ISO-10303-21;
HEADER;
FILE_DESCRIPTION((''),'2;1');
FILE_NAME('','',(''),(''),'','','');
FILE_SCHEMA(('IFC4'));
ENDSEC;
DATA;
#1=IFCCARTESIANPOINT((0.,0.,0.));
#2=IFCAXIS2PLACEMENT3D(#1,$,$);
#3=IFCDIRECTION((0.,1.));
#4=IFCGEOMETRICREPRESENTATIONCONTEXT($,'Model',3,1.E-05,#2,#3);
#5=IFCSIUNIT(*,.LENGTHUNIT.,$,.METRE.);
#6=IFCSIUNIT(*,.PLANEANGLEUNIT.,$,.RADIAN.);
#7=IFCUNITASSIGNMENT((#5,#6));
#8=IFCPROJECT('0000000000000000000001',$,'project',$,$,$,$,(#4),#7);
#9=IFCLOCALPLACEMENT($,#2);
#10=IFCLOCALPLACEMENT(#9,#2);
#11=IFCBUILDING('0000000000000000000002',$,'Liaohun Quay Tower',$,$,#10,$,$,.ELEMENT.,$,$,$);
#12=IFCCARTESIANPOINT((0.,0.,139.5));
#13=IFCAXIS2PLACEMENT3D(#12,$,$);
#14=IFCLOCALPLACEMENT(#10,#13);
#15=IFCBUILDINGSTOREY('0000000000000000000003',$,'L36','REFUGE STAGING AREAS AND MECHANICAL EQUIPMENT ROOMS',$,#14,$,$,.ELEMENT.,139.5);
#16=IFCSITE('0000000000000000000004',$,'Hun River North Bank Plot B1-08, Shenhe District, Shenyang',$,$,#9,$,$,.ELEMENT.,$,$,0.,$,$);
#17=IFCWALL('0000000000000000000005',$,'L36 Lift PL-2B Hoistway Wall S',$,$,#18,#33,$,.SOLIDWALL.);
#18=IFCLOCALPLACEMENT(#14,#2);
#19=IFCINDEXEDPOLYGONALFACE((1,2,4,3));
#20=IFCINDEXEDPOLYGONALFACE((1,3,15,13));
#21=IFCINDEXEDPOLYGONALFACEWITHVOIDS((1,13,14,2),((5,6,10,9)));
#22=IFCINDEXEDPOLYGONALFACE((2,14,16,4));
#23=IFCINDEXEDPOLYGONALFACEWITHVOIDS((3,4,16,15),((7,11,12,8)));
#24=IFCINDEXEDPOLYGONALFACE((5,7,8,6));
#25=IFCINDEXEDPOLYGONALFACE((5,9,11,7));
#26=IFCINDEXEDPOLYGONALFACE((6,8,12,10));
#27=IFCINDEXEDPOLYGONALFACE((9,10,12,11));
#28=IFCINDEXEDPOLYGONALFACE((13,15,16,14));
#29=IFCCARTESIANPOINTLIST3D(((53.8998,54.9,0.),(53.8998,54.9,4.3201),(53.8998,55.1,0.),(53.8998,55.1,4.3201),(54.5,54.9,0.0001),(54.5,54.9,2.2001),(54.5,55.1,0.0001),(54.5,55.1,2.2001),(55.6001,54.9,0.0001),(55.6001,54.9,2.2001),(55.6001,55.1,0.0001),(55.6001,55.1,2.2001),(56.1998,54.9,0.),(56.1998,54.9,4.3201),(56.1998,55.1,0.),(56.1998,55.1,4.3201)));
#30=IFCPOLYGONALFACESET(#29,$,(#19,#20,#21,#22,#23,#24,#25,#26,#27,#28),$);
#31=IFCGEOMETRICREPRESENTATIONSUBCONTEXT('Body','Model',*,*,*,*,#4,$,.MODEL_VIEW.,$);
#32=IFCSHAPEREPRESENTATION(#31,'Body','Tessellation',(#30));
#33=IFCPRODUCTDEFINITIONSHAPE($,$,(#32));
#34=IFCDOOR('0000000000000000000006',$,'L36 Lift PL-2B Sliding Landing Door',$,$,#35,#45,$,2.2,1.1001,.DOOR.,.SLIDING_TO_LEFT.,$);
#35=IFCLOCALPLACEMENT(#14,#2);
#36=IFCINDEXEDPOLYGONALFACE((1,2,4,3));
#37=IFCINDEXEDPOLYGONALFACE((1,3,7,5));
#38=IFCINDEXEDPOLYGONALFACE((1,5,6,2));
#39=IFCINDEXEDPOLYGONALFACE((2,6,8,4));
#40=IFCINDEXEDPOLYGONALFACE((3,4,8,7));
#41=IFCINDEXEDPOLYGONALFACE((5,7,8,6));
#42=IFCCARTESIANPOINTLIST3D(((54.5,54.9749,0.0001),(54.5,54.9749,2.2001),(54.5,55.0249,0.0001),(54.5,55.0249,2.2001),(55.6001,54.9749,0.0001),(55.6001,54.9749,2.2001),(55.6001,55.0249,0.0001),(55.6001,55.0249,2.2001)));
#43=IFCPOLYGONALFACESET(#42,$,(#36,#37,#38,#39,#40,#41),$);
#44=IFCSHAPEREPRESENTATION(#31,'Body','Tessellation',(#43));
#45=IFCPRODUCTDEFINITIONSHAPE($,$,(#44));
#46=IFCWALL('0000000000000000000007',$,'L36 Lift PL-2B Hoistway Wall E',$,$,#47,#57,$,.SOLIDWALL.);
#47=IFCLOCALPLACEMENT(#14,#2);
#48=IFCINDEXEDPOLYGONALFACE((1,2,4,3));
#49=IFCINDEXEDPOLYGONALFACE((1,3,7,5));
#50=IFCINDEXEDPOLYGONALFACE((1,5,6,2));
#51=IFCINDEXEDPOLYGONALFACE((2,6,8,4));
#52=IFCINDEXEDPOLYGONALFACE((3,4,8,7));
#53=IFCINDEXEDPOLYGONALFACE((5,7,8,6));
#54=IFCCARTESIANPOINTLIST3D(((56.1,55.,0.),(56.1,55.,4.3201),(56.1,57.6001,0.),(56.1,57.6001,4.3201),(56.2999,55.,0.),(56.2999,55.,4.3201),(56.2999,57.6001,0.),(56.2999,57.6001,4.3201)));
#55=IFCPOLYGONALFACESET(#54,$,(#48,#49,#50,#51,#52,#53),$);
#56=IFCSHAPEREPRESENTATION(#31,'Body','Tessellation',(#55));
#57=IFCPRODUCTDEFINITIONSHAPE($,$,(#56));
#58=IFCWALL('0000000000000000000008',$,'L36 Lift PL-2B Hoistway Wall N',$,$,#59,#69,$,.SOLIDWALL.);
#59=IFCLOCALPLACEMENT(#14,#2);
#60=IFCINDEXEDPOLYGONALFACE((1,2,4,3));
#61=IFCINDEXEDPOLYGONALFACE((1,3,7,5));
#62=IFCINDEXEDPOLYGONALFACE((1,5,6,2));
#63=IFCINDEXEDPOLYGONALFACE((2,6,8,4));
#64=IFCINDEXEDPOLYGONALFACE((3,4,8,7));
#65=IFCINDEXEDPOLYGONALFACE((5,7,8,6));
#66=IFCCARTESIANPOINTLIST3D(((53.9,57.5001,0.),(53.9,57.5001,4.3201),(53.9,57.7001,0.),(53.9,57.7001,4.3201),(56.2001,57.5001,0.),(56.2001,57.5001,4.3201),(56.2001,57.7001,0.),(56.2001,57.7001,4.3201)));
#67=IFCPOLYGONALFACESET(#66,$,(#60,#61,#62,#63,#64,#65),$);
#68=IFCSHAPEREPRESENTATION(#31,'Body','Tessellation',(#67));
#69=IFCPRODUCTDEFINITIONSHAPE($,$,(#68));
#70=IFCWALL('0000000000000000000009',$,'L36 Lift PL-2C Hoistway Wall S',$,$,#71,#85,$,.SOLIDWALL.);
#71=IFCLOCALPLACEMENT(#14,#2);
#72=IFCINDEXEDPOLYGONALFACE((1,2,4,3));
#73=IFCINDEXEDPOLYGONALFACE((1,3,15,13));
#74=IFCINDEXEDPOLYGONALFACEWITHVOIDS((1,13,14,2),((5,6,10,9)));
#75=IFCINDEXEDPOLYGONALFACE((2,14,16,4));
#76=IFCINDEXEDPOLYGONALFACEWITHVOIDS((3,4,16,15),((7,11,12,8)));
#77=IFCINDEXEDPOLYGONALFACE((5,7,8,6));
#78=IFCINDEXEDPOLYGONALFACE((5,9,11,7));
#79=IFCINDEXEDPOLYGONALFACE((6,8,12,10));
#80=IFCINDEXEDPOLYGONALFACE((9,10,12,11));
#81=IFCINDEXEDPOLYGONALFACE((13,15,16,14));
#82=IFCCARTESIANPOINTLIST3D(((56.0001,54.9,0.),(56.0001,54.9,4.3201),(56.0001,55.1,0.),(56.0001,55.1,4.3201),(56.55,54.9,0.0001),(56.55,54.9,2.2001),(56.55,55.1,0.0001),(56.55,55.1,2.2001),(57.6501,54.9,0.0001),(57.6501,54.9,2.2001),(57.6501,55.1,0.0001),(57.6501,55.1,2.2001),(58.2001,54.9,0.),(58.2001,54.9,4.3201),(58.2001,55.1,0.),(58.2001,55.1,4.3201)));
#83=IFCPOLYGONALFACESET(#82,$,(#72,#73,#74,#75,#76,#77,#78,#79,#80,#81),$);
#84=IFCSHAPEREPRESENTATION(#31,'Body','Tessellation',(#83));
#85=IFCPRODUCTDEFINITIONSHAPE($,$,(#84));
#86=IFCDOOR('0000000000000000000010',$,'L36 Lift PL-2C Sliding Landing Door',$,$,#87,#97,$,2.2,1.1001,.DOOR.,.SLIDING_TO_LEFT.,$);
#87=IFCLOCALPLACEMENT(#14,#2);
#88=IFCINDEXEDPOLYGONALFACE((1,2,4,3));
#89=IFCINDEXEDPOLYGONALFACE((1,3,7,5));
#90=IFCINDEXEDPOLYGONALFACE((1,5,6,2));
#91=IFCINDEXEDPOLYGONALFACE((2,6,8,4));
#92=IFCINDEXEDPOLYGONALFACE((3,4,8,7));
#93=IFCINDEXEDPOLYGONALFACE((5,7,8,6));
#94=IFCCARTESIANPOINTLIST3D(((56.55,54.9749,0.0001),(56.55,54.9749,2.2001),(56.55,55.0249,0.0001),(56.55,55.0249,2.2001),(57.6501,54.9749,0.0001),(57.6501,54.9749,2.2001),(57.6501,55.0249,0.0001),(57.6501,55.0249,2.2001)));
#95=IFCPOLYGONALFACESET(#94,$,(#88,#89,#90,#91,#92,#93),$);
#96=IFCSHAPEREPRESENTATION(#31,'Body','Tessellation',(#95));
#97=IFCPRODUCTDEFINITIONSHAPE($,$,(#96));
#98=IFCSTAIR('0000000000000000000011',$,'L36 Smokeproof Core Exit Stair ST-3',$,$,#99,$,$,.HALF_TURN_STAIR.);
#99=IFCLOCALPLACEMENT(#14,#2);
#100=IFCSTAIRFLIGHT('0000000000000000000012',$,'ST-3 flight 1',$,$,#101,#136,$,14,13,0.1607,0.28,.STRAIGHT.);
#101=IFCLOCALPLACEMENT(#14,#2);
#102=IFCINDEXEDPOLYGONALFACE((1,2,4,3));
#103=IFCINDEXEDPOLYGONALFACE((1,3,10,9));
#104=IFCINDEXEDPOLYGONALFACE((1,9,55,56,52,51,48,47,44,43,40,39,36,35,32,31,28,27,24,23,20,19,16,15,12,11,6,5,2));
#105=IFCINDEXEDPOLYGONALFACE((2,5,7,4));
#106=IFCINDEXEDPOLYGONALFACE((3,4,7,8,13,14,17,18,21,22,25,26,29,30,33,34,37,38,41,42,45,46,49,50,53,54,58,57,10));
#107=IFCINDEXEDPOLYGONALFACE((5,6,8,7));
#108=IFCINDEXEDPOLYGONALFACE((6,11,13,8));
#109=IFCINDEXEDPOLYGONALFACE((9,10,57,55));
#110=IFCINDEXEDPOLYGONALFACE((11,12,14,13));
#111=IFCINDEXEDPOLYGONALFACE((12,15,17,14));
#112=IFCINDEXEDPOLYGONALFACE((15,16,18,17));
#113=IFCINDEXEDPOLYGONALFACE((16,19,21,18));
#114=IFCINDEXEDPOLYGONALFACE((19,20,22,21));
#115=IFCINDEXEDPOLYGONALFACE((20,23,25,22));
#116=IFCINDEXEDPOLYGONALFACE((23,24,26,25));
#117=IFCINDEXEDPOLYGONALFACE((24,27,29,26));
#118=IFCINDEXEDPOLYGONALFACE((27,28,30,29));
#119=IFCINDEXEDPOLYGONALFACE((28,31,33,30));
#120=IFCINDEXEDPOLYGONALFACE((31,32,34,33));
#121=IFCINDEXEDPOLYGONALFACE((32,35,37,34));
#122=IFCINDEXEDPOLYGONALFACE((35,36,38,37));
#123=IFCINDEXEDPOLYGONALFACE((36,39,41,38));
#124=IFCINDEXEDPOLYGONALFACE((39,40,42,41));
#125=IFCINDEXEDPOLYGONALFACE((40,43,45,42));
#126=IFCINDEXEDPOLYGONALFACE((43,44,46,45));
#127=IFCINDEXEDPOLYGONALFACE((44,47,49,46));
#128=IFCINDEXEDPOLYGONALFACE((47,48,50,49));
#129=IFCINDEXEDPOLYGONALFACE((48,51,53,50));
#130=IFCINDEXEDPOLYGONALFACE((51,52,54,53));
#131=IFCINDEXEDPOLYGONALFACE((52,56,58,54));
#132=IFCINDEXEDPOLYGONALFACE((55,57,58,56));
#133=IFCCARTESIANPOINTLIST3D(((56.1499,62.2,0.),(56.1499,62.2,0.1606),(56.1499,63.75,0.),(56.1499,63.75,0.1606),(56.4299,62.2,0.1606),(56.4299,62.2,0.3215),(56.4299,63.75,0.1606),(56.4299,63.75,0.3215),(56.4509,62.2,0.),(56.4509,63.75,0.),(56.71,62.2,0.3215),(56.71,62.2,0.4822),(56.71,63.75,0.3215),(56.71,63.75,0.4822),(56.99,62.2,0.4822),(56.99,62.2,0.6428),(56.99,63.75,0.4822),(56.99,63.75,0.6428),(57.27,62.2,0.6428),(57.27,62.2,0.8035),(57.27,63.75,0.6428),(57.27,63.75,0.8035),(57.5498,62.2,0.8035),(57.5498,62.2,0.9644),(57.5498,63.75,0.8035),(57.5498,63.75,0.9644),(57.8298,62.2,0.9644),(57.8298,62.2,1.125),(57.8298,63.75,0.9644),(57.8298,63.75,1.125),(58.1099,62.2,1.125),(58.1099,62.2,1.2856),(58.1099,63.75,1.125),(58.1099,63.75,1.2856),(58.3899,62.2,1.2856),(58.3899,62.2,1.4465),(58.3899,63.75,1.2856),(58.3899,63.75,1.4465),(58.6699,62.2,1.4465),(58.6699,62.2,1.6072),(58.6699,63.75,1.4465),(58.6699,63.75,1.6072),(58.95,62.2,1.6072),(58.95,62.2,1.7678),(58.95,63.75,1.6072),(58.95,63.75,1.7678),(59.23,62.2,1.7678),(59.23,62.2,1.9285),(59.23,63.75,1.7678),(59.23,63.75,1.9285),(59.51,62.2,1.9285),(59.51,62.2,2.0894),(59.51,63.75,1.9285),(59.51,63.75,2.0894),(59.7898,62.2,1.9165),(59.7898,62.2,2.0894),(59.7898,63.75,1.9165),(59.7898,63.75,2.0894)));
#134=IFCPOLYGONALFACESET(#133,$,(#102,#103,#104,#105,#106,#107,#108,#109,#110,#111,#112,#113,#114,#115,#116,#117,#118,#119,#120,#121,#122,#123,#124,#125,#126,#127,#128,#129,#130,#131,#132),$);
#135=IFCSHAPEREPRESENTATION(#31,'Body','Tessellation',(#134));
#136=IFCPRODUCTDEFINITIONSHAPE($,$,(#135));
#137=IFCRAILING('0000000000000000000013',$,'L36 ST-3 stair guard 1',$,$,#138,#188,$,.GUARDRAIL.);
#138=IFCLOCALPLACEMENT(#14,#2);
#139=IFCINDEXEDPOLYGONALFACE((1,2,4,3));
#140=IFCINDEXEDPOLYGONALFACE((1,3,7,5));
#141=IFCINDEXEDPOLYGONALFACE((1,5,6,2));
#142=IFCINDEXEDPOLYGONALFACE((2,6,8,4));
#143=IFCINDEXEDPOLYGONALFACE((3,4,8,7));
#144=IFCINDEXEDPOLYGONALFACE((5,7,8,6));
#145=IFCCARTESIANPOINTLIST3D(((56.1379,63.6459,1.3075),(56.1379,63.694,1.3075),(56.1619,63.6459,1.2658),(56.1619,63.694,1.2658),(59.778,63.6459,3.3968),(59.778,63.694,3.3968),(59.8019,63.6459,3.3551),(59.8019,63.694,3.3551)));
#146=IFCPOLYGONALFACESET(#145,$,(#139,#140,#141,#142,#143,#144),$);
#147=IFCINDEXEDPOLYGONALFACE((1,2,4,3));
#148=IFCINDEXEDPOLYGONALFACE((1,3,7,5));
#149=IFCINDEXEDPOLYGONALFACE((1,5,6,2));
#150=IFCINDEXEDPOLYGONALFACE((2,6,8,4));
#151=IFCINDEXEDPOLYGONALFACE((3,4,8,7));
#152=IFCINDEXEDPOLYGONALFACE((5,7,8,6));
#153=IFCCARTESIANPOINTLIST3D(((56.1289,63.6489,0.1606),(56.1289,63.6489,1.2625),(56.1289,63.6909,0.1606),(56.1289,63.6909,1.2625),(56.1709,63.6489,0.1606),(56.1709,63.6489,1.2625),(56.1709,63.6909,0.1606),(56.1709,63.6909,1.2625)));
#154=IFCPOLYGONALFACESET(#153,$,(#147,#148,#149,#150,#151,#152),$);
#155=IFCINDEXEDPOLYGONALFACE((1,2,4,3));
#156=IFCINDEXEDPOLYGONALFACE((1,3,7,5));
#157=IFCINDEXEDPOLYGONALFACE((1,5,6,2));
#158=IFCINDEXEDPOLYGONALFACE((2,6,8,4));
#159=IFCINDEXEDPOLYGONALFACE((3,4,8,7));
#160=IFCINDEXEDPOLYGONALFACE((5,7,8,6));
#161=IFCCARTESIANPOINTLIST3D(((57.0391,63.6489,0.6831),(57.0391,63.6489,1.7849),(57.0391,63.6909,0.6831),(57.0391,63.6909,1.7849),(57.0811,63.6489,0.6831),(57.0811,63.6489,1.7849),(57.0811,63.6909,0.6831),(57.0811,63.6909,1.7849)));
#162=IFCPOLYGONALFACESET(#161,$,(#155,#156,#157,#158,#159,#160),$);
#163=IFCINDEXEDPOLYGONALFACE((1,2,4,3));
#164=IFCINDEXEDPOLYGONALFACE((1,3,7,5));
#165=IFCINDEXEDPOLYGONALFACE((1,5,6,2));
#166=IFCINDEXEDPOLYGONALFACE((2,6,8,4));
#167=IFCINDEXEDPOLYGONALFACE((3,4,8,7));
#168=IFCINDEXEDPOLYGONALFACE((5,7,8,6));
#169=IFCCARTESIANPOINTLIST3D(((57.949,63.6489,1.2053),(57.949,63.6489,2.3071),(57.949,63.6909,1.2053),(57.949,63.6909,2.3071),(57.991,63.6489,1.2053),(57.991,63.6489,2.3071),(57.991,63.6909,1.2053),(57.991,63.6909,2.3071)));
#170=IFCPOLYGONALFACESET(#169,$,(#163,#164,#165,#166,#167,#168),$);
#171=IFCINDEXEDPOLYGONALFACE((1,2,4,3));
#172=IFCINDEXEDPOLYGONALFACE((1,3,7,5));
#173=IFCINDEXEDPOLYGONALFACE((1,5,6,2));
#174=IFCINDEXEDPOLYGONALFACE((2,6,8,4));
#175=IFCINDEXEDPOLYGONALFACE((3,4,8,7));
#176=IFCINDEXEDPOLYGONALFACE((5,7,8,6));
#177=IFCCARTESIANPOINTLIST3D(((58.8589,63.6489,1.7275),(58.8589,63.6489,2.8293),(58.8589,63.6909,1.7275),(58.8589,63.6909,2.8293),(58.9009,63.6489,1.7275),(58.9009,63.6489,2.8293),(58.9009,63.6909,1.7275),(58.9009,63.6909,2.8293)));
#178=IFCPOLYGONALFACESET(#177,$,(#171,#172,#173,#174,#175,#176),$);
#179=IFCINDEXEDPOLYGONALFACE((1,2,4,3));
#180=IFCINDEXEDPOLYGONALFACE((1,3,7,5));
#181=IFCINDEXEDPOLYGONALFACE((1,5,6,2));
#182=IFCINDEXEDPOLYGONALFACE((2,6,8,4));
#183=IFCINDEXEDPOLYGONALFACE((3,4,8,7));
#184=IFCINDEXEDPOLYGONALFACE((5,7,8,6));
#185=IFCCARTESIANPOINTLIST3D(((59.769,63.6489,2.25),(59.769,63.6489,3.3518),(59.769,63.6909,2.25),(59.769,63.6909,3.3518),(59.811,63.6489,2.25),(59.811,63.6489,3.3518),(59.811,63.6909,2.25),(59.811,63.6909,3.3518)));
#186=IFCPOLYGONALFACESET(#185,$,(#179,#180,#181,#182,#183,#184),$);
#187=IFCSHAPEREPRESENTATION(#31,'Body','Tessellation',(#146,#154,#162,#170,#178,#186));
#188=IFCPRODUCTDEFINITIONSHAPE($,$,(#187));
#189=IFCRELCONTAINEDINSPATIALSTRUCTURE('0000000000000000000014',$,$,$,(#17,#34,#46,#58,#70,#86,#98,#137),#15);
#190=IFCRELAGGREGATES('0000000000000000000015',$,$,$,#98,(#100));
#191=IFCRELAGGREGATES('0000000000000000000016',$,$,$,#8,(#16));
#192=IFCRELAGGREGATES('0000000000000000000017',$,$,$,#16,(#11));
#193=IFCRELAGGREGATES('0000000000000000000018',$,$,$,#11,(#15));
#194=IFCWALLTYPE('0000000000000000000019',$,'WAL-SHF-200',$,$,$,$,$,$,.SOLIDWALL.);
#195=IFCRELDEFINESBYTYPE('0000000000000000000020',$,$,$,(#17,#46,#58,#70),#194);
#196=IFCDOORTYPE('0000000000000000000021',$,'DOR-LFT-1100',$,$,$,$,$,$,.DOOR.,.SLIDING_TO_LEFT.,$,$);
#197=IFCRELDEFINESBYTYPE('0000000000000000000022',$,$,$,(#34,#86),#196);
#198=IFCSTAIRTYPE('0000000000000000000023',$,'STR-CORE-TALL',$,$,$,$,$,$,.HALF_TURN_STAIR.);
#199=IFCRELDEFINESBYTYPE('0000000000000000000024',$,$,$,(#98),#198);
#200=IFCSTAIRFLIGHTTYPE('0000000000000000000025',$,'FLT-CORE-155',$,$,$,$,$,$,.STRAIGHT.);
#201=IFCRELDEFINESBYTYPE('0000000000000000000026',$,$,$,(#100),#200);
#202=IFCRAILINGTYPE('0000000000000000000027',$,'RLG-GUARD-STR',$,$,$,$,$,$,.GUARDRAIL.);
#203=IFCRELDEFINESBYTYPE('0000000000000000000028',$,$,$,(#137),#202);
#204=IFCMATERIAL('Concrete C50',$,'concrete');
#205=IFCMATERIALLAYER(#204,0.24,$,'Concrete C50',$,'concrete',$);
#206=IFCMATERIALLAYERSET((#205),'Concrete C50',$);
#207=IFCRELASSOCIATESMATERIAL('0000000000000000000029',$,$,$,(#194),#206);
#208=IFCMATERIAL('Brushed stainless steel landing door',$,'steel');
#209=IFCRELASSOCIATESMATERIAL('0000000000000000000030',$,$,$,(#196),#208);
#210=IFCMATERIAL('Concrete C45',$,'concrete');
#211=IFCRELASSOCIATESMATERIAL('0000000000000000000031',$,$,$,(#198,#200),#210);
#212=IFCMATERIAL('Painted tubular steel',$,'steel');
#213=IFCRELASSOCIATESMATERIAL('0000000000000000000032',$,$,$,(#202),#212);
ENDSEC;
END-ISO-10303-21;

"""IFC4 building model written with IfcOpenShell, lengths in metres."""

from ifc_helpers import new_model, si_unit, direction, frame, frame_2d, origin, origin_2d, place, context, subcontext, project, spatial, polyline, rectangle, outline, extrude, source, transform, mapped, material, layer, layer_set, type_object, element, fill, aggregate, save


model = new_model("IFC4")

# Units and contexts
model_context = context("Model", 3, precision=1e-05, world=origin(), true_north=direction((0.0, 1.0)))
body_context = subcontext(model_context, "Body", "Model", "MODEL_VIEW")
ifc_project = project(units=[si_unit("LENGTHUNIT", "METRE"), si_unit("PLANEANGLEUNIT", "RADIAN")], contexts=[model_context])

# Site, building, storey
site_placement = place(None, origin())
site = spatial("IfcSite", under=ifc_project, at=site_placement, Name="Hun River North Bank Plot B1-08, Shenhe District, Shenyang", CompositionType="ELEMENT", RefElevation=0.0)
building_placement = place(site_placement, origin())
building = spatial("IfcBuilding", under=site, at=building_placement, Name="Liaohun Quay Tower", CompositionType="ELEMENT")
storey_placement = place(building_placement, frame((0.0, 0.0, 139.5)))
storey = spatial("IfcBuildingStorey", under=building, at=storey_placement, Name="L36", Description="REFUGE STAGING AREAS AND MECHANICAL EQUIPMENT ROOMS", CompositionType="ELEMENT", Elevation=139.5)

# Shared definitions
ifc_material_1 = material(Name="Concrete C50", Category="concrete")
ifc_layer_1 = layer(ifc_material_1, 0.24, Name="Concrete C50", Category="concrete")
ifc_layer_set_1 = layer_set([ifc_layer_1], Name="Concrete C50")
wall_type_1 = type_object("IfcWallType", Name="WAL-SHF-200", PredefinedType="SOLIDWALL", material=ifc_layer_set_1)

# Wall, opening, door
wall_1_placement = place(storey_placement, frame((53.8999, 55.0, 0.0), z_axis=(0.0, 0.0, 1.0), x_axis=(1.0, 0.0, 0.0)))
wall_1 = element("IfcWall", 1, at=wall_1_placement, inside=storey, type_object=wall_type_1, Name="L36 Lift PL-2B Hoistway Wall S", PredefinedType="SOLIDWALL", context=body_context, shape_type="SweptSolid", body=[
    extrude(rectangle(XDim=2.3, YDim=0.2, at=frame_2d((1.1499, 0.0))), origin(), (0.0, 0.0, 1.0), 4.3201),
])
shared_shape_1 = source(origin(), body_context, "Body", "SweptSolid", [
    extrude(rectangle(XDim=1.1001, YDim=2.2, at=frame_2d((0.55, 1.1001))), frame((0.0, 0.1099, 0.0), z_axis=(0.0, -1.0, 0.0), x_axis=(1.0, 0.0, 0.0)), (0.0, 0.0, 1.0), 0.22),
])
opening_1_placement = place(wall_1_placement, frame((0.6001, 0.0, 0.0)))
opening_1 = element("IfcOpeningElement", 2, at=opening_1_placement, cuts=wall_1, PredefinedType="OPENING", context=body_context, shape_type="MappedRepresentation", body=[
    mapped(shared_shape_1, transform((0.0, 0.0, 0.0), x_axis=(1.0, 0.0, 0.0), y_axis=(0.0, 1.0, 0.0), z_axis=(0.0, 0.0, 1.0), scale=1.0)),
])
ifc_material_2 = material(Name="Brushed stainless steel landing door", Category="steel")
door_type_1 = type_object("IfcDoorType", Name="DOR-LFT-1100", OperationType="SLIDING_TO_LEFT", PredefinedType="DOOR", material=ifc_material_2)
shared_shape_2 = source(origin(), body_context, "Body", "SweptSolid", [
    extrude(rectangle(XDim=1.1001, YDim=2.2, at=frame_2d((0.55, 1.1001))), frame((0.0, 0.0249, 0.0), z_axis=(0.0, -1.0, 0.0), x_axis=(1.0, 0.0, 0.0)), (0.0, 0.0, 1.0), 0.05),
])
door_1_placement = place(opening_1_placement, origin())
door_1 = element("IfcDoor", 3, at=door_1_placement, inside=storey, type_object=door_type_1, Name="L36 Lift PL-2B Sliding Landing Door", OperationType="SLIDING_TO_LEFT", OverallHeight=2.2, OverallWidth=1.1001, PredefinedType="DOOR", context=body_context, shape_type="MappedRepresentation", body=[
    mapped(shared_shape_2, transform((0.0, 0.0, 0.0), x_axis=(1.0, 0.0, 0.0), y_axis=(0.0, 1.0, 0.0), z_axis=(0.0, 0.0, 1.0), scale=1.0)),
])
fill(opening_1, door_1)

# Walls
wall_2_placement = place(storey_placement, frame((56.2, 55.0, 0.0), z_axis=(0.0, 0.0, 1.0), x_axis=(0.0, 1.0, 0.0)))
element("IfcWall", 4, at=wall_2_placement, inside=storey, type_object=wall_type_1, Name="L36 Lift PL-2B Hoistway Wall E", PredefinedType="SOLIDWALL", context=body_context, shape_type="SweptSolid", body=[
    extrude(rectangle(XDim=2.6001, YDim=0.2, at=frame_2d((1.3, 0.0))), origin(), (0.0, 0.0, 1.0), 4.3201),
])
wall_3_placement = place(storey_placement, frame((56.2, 57.6001, 0.0), z_axis=(0.0, 0.0, 1.0), x_axis=(-1.0, 0.0, 0.0)))
element("IfcWall", 5, at=wall_3_placement, inside=storey, type_object=wall_type_1, Name="L36 Lift PL-2B Hoistway Wall N", PredefinedType="SOLIDWALL", context=body_context, shape_type="SweptSolid", body=[
    extrude(rectangle(XDim=2.3, YDim=0.2, at=frame_2d((1.1499, 0.0))), origin(), (0.0, 0.0, 1.0), 4.3201),
])

# Wall, opening, door
wall_4_placement = place(storey_placement, frame((56.0, 55.0, 0.0), z_axis=(0.0, 0.0, 1.0), x_axis=(1.0, 0.0, 0.0)))
wall_4 = element("IfcWall", 6, at=wall_4_placement, inside=storey, type_object=wall_type_1, Name="L36 Lift PL-2C Hoistway Wall S", PredefinedType="SOLIDWALL", context=body_context, shape_type="SweptSolid", body=[
    extrude(rectangle(XDim=2.2, YDim=0.2, at=frame_2d((1.1001, 0.0))), origin(), (0.0, 0.0, 1.0), 4.3201),
])
opening_2_placement = place(wall_4_placement, frame((0.55, 0.0, 0.0)))
opening_2 = element("IfcOpeningElement", 7, at=opening_2_placement, cuts=wall_4, PredefinedType="OPENING", context=body_context, shape_type="MappedRepresentation", body=[
    mapped(shared_shape_1, transform((0.0, 0.0, 0.0), x_axis=(1.0, 0.0, 0.0), y_axis=(0.0, 1.0, 0.0), z_axis=(0.0, 0.0, 1.0), scale=1.0)),
])
door_2_placement = place(opening_2_placement, origin())
door_2 = element("IfcDoor", 8, at=door_2_placement, inside=storey, type_object=door_type_1, Name="L36 Lift PL-2C Sliding Landing Door", OperationType="SLIDING_TO_LEFT", OverallHeight=2.2, OverallWidth=1.1001, PredefinedType="DOOR", context=body_context, shape_type="MappedRepresentation", body=[
    mapped(shared_shape_2, transform((0.0, 0.0, 0.0), x_axis=(1.0, 0.0, 0.0), y_axis=(0.0, 1.0, 0.0), z_axis=(0.0, 0.0, 1.0), scale=1.0)),
])
fill(opening_2, door_2)

# Stair, stair flight
ifc_material_3 = material(Name="Concrete C45", Category="concrete")
stair_type = type_object("IfcStairType", Name="STR-CORE-TALL", PredefinedType="HALF_TURN_STAIR", material=ifc_material_3)
stair_placement = place(storey_placement, origin())
stair = element("IfcStair", 9, at=stair_placement, inside=storey, type_object=stair_type, Name="L36 Smokeproof Core Exit Stair ST-3", PredefinedType="HALF_TURN_STAIR")
stair_flight_type = type_object("IfcStairFlightType", Name="FLT-CORE-155", PredefinedType="STRAIGHT", material=ifc_material_3)
stair_flight_placement = place(storey_placement, frame((56.1499, 62.9751, 0.0), z_axis=(0.0, 0.0, 1.0), x_axis=(1.0, 0.0, 0.0)))
stair_flight = element("IfcStairFlight", 10, at=stair_flight_placement, type_object=stair_flight_type, Name="ST-3 flight 1", NumberOfRisers=14, NumberOfTreads=13, PredefinedType="STRAIGHT", RiserHeight=0.1607, TreadLength=0.28, context=body_context, shape_type="SweptSolid", body=[
    extrude(outline(polyline([(0.0, 0.0), (0.0, 0.1606), (0.28, 0.1606), (0.28, 0.3215), (0.5601, 0.3215), (0.5601, 0.4822), (0.8401, 0.4822), (0.8401, 0.6428), (1.1201, 0.6428), (1.1201, 0.8035), (1.3999, 0.8035), (1.3999, 0.9644), (1.6799, 0.9644), (1.6799, 1.125), (1.96, 1.125), (1.96, 1.2856), (2.24, 1.2856), (2.24, 1.4465), (2.52, 1.4465), (2.52, 1.6072), (2.8, 1.6072), (2.8, 1.7678), (3.0801, 1.7678), (3.0801, 1.9285), (3.3601, 1.9285), (3.3601, 2.0894), (3.6399, 2.0894), (3.6399, 2.25), (3.6399, 1.9165), (0.301, 0.0), (0.0, 0.0)])), frame((0.0, 0.7749, 0.0), z_axis=(0.0, -1.0, 0.0), x_axis=(1.0, 0.0, 0.0)), (0.0, 0.0, 1.0), 1.55),
])
aggregate(stair, [stair_flight])

# Railing
ifc_material_4 = material(Name="Painted tubular steel", Category="steel")
railing_type_1 = type_object("IfcRailingType", Name="RLG-GUARD-STR", PredefinedType="GUARDRAIL", material=ifc_material_4)
railing_1_placement = place(storey_placement, frame((56.1499, 63.6699, 0.1606)))
element("IfcRailing", 11, at=railing_1_placement, inside=storey, type_object=railing_type_1, Name="L36 ST-3 stair guard 1", PredefinedType="GUARDRAIL", context=body_context, shape_type="SweptSolid", body=[
    extrude(rectangle(XDim=0.0481, YDim=0.0481, at=origin_2d()), frame((0.0, 0.0, 1.126), z_axis=(0.867289, 0.0, 0.497804), x_axis=(0.0, 1.0, 0.0)), (0.0, 0.0, 1.0), 4.197),
    extrude(rectangle(XDim=0.042, YDim=0.042, at=origin_2d()), origin(), (0.0, 0.0, 1.0), 1.1018),
    extrude(rectangle(XDim=0.042, YDim=0.042, at=origin_2d()), frame((0.9102, 0.0, 0.5225)), (0.0, 0.0, 1.0), 1.1018),
    extrude(rectangle(XDim=0.042, YDim=0.042, at=origin_2d()), frame((1.8201, 0.0, 1.0447)), (0.0, 0.0, 1.0), 1.1018),
    extrude(rectangle(XDim=0.042, YDim=0.042, at=origin_2d()), frame((2.73, 0.0, 1.5669)), (0.0, 0.0, 1.0), 1.1018),
    extrude(rectangle(XDim=0.042, YDim=0.042, at=origin_2d()), frame((3.6401, 0.0, 2.0894)), (0.0, 0.0, 1.0), 1.1018),
])

save(model, "model.ifc")
